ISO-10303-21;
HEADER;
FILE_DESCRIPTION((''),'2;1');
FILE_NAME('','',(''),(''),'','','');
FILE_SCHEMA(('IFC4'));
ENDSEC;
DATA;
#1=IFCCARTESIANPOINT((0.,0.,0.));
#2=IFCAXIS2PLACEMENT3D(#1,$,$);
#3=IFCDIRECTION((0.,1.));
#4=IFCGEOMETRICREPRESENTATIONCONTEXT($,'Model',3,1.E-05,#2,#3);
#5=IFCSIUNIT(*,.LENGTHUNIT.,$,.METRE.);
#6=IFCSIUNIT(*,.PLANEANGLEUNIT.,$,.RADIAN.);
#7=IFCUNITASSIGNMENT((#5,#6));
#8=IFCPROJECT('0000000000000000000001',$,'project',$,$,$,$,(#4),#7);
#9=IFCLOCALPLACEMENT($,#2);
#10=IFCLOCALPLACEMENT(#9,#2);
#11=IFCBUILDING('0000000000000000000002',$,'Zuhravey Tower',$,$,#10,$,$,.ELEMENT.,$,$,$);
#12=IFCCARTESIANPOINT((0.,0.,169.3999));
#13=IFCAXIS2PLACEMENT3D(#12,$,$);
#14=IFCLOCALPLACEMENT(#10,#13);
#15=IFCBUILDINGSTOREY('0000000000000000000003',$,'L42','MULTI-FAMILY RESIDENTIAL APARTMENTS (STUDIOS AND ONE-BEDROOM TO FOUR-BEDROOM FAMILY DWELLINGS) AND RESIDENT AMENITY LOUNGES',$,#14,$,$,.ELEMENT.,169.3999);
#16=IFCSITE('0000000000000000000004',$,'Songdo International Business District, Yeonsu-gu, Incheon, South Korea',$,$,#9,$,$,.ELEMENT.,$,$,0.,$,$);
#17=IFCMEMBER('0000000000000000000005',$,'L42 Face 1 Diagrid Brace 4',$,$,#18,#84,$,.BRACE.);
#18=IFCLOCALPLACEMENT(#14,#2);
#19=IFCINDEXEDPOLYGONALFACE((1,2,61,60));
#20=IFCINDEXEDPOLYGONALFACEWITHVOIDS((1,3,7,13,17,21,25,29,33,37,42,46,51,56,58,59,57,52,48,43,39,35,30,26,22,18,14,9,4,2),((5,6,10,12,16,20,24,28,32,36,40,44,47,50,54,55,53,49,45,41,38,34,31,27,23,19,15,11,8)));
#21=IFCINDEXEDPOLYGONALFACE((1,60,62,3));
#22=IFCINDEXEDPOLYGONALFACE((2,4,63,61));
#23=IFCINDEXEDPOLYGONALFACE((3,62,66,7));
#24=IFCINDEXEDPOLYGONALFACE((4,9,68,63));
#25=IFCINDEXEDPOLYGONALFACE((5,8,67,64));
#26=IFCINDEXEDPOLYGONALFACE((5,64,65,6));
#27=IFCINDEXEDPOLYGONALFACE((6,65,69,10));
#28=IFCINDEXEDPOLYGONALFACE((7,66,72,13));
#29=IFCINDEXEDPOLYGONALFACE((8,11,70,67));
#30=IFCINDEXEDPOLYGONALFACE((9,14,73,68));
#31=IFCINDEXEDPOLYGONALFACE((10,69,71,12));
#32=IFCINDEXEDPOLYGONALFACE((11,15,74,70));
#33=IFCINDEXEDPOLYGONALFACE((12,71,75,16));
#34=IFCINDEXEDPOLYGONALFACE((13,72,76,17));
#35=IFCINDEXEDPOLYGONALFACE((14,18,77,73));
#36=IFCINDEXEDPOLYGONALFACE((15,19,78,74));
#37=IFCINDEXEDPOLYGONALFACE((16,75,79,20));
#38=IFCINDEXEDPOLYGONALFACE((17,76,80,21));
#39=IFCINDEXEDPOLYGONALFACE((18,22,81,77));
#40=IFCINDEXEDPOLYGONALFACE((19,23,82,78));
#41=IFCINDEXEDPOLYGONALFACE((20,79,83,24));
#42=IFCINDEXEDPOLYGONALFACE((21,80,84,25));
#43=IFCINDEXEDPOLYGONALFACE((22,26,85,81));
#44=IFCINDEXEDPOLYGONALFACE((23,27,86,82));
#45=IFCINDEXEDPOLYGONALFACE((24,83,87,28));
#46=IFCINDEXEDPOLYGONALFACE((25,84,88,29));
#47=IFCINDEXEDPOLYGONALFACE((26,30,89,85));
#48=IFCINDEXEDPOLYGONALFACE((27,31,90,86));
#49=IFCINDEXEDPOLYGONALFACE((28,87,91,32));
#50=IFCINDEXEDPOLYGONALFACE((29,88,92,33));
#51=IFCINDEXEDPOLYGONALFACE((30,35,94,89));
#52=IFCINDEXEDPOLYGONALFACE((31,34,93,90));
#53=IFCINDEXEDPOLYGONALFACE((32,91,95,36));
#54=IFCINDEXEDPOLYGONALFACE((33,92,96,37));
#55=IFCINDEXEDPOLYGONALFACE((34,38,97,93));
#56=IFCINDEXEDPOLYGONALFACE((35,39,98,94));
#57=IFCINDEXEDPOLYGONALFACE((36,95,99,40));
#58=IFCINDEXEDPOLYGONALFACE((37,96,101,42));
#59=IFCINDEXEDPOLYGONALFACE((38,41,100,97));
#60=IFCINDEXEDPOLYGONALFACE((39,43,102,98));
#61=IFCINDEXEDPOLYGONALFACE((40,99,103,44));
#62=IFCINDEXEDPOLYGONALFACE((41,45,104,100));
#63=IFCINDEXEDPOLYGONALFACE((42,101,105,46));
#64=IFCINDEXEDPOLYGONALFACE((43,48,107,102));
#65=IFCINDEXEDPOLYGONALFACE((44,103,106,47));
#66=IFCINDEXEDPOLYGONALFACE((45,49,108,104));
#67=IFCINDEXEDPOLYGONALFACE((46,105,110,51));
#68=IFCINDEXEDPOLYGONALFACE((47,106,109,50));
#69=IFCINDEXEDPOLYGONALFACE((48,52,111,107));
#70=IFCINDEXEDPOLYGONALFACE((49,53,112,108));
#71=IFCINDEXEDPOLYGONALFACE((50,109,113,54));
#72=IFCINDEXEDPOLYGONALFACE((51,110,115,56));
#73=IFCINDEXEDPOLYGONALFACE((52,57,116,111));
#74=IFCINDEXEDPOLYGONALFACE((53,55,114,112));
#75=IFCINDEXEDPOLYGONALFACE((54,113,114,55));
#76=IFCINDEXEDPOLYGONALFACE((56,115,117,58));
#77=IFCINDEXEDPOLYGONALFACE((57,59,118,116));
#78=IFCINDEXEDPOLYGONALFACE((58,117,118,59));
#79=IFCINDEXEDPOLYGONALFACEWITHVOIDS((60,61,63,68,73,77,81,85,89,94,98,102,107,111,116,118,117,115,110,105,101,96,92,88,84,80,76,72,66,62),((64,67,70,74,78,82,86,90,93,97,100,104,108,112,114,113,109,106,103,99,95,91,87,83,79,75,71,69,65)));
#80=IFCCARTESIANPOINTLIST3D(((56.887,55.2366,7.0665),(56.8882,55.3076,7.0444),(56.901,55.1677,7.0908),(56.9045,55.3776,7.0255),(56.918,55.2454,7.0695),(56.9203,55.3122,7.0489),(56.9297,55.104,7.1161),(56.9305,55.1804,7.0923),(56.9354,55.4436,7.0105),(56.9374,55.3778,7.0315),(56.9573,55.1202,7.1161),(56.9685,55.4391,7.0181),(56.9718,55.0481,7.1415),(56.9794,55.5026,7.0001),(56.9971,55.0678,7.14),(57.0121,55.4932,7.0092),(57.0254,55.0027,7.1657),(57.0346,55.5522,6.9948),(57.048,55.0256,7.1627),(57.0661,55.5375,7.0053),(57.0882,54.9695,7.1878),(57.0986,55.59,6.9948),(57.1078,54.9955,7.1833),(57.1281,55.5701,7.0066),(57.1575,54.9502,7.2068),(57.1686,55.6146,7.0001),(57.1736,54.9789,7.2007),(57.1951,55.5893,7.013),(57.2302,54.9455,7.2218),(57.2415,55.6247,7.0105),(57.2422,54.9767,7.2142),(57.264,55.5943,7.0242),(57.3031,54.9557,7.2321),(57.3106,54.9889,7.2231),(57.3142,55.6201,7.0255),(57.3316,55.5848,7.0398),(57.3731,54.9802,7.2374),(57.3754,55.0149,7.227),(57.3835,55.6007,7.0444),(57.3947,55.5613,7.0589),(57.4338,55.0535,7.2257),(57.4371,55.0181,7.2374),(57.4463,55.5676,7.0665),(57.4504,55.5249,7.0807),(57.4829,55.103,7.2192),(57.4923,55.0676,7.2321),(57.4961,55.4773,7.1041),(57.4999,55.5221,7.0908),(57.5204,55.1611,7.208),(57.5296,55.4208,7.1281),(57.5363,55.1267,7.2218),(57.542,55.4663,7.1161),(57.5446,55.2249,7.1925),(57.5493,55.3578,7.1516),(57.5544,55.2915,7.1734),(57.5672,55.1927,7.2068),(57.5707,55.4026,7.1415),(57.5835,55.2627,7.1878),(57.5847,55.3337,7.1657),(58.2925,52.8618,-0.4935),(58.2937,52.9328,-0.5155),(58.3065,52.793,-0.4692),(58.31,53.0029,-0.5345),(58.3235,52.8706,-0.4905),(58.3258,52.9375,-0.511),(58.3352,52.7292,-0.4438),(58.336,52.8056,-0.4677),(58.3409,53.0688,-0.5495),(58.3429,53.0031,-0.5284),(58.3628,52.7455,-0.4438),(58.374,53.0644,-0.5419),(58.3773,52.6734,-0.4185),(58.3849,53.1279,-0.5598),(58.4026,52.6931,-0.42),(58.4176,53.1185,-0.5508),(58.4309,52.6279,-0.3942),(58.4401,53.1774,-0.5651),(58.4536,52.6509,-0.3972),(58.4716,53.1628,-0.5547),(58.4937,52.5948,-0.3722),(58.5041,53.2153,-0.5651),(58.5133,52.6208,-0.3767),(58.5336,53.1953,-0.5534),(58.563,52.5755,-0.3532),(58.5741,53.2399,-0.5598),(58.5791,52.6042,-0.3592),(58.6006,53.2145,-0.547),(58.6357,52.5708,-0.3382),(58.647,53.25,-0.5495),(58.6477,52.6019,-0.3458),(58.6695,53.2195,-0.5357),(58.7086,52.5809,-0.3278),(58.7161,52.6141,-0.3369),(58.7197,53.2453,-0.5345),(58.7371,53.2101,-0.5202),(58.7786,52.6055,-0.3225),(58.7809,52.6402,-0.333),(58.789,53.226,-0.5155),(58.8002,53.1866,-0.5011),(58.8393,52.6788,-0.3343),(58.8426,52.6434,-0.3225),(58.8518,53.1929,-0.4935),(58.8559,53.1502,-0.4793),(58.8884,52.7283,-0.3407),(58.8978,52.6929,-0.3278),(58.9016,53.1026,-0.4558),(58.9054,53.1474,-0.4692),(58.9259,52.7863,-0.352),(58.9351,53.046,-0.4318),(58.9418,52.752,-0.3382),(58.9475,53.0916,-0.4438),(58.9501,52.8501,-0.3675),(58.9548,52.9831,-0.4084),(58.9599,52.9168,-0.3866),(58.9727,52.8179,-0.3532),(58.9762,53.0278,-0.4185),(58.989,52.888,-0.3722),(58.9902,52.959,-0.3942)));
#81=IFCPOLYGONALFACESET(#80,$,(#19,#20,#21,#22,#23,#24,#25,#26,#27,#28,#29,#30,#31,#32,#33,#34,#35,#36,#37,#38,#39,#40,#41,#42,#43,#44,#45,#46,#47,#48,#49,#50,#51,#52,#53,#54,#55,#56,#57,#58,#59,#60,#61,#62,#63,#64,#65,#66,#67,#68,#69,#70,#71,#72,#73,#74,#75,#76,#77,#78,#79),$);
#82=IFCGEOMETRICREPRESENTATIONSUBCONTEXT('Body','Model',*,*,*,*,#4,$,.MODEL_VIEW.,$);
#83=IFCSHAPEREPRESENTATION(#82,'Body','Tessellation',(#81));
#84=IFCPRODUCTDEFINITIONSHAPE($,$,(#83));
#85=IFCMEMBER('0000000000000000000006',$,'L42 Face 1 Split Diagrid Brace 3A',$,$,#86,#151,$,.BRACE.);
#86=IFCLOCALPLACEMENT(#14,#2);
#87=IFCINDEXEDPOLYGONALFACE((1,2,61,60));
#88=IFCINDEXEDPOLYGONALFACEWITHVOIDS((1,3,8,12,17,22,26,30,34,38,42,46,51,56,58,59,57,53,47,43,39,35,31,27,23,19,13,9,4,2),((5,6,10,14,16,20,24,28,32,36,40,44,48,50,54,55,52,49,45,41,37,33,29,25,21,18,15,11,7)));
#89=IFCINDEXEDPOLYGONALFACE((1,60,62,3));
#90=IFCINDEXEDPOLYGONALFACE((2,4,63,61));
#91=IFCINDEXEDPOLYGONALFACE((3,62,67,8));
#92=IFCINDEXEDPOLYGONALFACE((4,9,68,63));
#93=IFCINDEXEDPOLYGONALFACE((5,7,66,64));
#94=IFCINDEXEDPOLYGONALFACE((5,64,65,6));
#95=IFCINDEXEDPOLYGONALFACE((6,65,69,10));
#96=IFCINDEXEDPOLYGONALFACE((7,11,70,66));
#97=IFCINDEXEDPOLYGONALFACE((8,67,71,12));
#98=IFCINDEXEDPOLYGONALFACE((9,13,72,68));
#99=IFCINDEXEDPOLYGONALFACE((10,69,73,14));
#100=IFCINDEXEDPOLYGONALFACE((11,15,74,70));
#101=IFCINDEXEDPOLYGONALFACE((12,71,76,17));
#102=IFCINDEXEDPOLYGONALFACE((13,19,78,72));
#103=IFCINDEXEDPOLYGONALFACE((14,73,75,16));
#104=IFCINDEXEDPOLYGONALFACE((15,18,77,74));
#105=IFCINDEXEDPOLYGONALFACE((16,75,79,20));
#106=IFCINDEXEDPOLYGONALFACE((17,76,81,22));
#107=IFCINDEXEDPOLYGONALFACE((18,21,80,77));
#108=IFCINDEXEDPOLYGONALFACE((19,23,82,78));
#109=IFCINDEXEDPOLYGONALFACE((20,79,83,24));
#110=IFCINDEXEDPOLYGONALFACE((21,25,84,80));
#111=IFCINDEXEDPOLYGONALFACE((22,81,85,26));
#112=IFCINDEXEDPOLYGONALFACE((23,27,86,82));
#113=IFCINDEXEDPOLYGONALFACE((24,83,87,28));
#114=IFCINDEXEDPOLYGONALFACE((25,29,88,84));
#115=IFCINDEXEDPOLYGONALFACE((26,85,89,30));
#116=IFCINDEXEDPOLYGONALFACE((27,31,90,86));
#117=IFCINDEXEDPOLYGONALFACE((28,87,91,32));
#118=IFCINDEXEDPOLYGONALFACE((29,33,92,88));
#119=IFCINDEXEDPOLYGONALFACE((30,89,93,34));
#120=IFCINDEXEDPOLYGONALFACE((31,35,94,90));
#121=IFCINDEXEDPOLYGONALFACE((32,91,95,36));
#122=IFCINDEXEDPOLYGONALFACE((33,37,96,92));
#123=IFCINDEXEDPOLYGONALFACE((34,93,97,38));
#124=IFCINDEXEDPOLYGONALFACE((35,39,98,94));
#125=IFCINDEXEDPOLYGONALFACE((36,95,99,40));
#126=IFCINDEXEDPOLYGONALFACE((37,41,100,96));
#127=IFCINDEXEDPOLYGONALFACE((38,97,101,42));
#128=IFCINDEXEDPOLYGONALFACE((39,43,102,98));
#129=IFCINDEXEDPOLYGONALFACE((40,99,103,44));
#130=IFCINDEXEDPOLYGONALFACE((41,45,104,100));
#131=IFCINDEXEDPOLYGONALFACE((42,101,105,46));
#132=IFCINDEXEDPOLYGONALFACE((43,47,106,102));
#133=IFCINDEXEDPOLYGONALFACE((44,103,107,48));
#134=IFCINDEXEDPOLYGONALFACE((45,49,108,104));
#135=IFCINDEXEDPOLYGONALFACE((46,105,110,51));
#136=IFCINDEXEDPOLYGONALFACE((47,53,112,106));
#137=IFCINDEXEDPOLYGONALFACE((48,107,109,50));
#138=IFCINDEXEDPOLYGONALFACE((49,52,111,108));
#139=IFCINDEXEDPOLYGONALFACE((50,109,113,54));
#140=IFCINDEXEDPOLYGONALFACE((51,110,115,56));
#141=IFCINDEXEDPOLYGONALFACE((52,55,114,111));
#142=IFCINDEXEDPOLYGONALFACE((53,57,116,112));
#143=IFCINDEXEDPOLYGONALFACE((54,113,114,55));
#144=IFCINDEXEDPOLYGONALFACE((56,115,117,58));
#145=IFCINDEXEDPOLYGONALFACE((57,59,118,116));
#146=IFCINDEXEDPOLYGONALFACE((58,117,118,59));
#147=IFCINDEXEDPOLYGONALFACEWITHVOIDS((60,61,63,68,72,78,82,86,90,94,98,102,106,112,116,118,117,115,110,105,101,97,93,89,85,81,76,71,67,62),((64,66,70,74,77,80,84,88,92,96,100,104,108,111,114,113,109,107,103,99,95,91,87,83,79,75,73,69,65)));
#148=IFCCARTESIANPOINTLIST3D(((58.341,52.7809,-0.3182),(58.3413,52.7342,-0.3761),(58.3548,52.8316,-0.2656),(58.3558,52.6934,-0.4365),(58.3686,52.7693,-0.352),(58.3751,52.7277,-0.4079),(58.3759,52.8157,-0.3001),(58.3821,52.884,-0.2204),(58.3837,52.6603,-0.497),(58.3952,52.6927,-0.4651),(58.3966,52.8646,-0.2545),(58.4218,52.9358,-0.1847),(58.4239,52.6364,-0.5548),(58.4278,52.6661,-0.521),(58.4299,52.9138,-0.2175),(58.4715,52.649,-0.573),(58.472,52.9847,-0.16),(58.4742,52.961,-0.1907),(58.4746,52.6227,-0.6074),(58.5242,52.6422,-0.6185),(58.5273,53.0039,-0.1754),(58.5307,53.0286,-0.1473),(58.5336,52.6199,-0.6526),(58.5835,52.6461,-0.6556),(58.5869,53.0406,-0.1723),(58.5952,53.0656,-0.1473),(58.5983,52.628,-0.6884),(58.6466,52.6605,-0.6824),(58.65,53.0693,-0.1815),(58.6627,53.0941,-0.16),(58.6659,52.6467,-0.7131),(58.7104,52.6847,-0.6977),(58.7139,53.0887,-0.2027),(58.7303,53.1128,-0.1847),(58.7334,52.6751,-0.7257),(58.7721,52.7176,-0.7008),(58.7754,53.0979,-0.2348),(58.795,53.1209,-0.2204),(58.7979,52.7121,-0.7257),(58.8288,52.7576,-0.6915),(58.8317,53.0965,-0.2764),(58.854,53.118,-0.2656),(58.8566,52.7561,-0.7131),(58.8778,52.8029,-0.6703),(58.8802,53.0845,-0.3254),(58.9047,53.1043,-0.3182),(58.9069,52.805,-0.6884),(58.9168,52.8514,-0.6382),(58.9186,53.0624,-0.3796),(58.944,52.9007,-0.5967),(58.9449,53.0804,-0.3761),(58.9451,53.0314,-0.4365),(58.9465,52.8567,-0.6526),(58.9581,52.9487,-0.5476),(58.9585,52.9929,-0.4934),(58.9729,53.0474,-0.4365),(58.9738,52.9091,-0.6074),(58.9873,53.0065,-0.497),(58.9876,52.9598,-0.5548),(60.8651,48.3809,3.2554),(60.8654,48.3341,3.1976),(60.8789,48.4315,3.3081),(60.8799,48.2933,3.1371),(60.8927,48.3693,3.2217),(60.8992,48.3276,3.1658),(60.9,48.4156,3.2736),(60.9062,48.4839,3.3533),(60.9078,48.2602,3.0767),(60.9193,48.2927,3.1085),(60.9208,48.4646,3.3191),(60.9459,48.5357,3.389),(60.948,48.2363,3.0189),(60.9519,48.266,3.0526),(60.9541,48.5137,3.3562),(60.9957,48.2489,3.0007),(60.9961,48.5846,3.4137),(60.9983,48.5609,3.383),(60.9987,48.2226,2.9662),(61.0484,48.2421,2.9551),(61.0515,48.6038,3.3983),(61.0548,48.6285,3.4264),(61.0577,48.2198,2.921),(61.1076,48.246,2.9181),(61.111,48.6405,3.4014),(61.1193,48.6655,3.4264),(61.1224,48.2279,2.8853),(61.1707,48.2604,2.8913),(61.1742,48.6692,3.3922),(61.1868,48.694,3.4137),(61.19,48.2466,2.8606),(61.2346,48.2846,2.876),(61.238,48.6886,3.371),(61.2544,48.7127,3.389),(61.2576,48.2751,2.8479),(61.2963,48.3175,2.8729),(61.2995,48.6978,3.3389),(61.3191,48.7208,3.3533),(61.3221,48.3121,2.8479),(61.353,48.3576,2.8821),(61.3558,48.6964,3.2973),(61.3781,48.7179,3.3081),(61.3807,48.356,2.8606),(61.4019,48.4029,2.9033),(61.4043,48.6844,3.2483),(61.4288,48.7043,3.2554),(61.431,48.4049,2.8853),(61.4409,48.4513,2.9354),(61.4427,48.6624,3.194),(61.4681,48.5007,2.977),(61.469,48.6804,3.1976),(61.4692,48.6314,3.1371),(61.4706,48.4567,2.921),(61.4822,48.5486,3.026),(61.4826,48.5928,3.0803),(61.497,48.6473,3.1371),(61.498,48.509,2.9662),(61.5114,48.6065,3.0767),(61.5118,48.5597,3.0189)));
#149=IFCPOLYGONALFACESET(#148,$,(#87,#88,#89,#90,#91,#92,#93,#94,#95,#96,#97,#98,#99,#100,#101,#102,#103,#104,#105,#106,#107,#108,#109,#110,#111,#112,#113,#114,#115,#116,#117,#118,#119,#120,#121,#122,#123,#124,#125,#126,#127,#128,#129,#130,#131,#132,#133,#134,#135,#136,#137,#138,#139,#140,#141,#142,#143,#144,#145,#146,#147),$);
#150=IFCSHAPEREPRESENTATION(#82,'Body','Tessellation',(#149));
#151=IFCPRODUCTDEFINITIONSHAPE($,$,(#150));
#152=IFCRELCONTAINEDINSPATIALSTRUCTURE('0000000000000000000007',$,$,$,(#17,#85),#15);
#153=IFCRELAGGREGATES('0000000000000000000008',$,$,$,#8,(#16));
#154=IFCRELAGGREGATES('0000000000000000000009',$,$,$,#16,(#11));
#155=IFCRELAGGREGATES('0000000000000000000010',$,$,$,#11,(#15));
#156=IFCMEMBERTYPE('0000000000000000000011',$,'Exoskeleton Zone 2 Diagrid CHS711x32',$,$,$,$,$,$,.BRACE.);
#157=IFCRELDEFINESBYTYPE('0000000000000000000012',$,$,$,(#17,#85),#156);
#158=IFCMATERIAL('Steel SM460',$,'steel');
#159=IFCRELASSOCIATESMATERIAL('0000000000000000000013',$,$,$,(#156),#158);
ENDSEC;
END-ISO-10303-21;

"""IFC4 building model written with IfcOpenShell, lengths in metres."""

from ifc_helpers import new_model, si_unit, direction, frame, origin, origin_2d, place, context, subcontext, project, spatial, hollow_circle, extrude, material, material_profile, profile_set, type_object, element, save


model = new_model("IFC4")

# Units and contexts
model_context = context("Model", 3, precision=1e-05, world=origin(), true_north=direction((0.0, 1.0)))
body_context = subcontext(model_context, "Body", "Model", "MODEL_VIEW")
ifc_project = project(units=[si_unit("LENGTHUNIT", "METRE"), si_unit("PLANEANGLEUNIT", "RADIAN")], contexts=[model_context])

# Site, building, storey
site_placement = place(None, origin())
site = spatial("IfcSite", under=ifc_project, at=site_placement, Name="Songdo International Business District, Yeonsu-gu, Incheon, South Korea", CompositionType="ELEMENT", RefElevation=0.0)
building_placement = place(site_placement, origin())
building = spatial("IfcBuilding", under=site, at=building_placement, Name="Zuhravey Tower", CompositionType="ELEMENT")
storey_placement = place(building_placement, frame((0.0, 0.0, 169.3999)))
storey = spatial("IfcBuildingStorey", under=building, at=storey_placement, Name="L42", Description="MULTI-FAMILY RESIDENTIAL APARTMENTS (STUDIOS AND ONE-BEDROOM TO FOUR-BEDROOM FAMILY DWELLINGS) AND RESIDENT AMENITY LOUNGES", CompositionType="ELEMENT", Elevation=169.3999)

# Members
ifc_material_1 = material(Name="Steel SM460", Category="steel")
ifc_material_profile_1 = material_profile(ifc_material_1, hollow_circle(Radius=0.3557, WallThickness=0.032, at=origin_2d()), Name="CHS-711.2x32")
ifc_profile_set_1 = profile_set([ifc_material_profile_1], Name="Steel SM460")
member_type_1 = type_object("IfcMemberType", Name="Exoskeleton Zone 2 Diagrid CHS711x32", PredefinedType="BRACE", material=ifc_profile_set_1)
member_1_placement = place(storey_placement, frame((58.6414, 52.9104, -0.4438), z_axis=(-0.174643, 0.295076, 0.939377), x_axis=(-0.860569, -0.509334, 0.0)))
element("IfcMember", 1, at=member_1_placement, inside=storey, type_object=member_type_1, Name="L42 Face 1 Diagrid Brace 4", PredefinedType="BRACE", context=body_context, shape_type="SweptSolid", body=[
    extrude(hollow_circle(Radius=0.3557, WallThickness=0.032, at=origin_2d()), origin(), (0.0, 0.0, 1.0), 8.0479),
])
member_2_placement = place(storey_placement, frame((58.6643, 52.8704, -0.4365), z_axis=(0.406784, -0.709108, 0.575927), x_axis=(0.86741, 0.497595, 0.0)))
element("IfcMember", 2, at=member_2_placement, inside=storey, type_object=member_type_1, Name="L42 Face 1 Split Diagrid Brace 3A", PredefinedType="BRACE", context=body_context, shape_type="SweptSolid", body=[
    extrude(hollow_circle(Radius=0.3557, WallThickness=0.032, at=origin_2d()), origin(), (0.0, 0.0, 1.0), 6.2051),
])

save(model, "model.ifc")
